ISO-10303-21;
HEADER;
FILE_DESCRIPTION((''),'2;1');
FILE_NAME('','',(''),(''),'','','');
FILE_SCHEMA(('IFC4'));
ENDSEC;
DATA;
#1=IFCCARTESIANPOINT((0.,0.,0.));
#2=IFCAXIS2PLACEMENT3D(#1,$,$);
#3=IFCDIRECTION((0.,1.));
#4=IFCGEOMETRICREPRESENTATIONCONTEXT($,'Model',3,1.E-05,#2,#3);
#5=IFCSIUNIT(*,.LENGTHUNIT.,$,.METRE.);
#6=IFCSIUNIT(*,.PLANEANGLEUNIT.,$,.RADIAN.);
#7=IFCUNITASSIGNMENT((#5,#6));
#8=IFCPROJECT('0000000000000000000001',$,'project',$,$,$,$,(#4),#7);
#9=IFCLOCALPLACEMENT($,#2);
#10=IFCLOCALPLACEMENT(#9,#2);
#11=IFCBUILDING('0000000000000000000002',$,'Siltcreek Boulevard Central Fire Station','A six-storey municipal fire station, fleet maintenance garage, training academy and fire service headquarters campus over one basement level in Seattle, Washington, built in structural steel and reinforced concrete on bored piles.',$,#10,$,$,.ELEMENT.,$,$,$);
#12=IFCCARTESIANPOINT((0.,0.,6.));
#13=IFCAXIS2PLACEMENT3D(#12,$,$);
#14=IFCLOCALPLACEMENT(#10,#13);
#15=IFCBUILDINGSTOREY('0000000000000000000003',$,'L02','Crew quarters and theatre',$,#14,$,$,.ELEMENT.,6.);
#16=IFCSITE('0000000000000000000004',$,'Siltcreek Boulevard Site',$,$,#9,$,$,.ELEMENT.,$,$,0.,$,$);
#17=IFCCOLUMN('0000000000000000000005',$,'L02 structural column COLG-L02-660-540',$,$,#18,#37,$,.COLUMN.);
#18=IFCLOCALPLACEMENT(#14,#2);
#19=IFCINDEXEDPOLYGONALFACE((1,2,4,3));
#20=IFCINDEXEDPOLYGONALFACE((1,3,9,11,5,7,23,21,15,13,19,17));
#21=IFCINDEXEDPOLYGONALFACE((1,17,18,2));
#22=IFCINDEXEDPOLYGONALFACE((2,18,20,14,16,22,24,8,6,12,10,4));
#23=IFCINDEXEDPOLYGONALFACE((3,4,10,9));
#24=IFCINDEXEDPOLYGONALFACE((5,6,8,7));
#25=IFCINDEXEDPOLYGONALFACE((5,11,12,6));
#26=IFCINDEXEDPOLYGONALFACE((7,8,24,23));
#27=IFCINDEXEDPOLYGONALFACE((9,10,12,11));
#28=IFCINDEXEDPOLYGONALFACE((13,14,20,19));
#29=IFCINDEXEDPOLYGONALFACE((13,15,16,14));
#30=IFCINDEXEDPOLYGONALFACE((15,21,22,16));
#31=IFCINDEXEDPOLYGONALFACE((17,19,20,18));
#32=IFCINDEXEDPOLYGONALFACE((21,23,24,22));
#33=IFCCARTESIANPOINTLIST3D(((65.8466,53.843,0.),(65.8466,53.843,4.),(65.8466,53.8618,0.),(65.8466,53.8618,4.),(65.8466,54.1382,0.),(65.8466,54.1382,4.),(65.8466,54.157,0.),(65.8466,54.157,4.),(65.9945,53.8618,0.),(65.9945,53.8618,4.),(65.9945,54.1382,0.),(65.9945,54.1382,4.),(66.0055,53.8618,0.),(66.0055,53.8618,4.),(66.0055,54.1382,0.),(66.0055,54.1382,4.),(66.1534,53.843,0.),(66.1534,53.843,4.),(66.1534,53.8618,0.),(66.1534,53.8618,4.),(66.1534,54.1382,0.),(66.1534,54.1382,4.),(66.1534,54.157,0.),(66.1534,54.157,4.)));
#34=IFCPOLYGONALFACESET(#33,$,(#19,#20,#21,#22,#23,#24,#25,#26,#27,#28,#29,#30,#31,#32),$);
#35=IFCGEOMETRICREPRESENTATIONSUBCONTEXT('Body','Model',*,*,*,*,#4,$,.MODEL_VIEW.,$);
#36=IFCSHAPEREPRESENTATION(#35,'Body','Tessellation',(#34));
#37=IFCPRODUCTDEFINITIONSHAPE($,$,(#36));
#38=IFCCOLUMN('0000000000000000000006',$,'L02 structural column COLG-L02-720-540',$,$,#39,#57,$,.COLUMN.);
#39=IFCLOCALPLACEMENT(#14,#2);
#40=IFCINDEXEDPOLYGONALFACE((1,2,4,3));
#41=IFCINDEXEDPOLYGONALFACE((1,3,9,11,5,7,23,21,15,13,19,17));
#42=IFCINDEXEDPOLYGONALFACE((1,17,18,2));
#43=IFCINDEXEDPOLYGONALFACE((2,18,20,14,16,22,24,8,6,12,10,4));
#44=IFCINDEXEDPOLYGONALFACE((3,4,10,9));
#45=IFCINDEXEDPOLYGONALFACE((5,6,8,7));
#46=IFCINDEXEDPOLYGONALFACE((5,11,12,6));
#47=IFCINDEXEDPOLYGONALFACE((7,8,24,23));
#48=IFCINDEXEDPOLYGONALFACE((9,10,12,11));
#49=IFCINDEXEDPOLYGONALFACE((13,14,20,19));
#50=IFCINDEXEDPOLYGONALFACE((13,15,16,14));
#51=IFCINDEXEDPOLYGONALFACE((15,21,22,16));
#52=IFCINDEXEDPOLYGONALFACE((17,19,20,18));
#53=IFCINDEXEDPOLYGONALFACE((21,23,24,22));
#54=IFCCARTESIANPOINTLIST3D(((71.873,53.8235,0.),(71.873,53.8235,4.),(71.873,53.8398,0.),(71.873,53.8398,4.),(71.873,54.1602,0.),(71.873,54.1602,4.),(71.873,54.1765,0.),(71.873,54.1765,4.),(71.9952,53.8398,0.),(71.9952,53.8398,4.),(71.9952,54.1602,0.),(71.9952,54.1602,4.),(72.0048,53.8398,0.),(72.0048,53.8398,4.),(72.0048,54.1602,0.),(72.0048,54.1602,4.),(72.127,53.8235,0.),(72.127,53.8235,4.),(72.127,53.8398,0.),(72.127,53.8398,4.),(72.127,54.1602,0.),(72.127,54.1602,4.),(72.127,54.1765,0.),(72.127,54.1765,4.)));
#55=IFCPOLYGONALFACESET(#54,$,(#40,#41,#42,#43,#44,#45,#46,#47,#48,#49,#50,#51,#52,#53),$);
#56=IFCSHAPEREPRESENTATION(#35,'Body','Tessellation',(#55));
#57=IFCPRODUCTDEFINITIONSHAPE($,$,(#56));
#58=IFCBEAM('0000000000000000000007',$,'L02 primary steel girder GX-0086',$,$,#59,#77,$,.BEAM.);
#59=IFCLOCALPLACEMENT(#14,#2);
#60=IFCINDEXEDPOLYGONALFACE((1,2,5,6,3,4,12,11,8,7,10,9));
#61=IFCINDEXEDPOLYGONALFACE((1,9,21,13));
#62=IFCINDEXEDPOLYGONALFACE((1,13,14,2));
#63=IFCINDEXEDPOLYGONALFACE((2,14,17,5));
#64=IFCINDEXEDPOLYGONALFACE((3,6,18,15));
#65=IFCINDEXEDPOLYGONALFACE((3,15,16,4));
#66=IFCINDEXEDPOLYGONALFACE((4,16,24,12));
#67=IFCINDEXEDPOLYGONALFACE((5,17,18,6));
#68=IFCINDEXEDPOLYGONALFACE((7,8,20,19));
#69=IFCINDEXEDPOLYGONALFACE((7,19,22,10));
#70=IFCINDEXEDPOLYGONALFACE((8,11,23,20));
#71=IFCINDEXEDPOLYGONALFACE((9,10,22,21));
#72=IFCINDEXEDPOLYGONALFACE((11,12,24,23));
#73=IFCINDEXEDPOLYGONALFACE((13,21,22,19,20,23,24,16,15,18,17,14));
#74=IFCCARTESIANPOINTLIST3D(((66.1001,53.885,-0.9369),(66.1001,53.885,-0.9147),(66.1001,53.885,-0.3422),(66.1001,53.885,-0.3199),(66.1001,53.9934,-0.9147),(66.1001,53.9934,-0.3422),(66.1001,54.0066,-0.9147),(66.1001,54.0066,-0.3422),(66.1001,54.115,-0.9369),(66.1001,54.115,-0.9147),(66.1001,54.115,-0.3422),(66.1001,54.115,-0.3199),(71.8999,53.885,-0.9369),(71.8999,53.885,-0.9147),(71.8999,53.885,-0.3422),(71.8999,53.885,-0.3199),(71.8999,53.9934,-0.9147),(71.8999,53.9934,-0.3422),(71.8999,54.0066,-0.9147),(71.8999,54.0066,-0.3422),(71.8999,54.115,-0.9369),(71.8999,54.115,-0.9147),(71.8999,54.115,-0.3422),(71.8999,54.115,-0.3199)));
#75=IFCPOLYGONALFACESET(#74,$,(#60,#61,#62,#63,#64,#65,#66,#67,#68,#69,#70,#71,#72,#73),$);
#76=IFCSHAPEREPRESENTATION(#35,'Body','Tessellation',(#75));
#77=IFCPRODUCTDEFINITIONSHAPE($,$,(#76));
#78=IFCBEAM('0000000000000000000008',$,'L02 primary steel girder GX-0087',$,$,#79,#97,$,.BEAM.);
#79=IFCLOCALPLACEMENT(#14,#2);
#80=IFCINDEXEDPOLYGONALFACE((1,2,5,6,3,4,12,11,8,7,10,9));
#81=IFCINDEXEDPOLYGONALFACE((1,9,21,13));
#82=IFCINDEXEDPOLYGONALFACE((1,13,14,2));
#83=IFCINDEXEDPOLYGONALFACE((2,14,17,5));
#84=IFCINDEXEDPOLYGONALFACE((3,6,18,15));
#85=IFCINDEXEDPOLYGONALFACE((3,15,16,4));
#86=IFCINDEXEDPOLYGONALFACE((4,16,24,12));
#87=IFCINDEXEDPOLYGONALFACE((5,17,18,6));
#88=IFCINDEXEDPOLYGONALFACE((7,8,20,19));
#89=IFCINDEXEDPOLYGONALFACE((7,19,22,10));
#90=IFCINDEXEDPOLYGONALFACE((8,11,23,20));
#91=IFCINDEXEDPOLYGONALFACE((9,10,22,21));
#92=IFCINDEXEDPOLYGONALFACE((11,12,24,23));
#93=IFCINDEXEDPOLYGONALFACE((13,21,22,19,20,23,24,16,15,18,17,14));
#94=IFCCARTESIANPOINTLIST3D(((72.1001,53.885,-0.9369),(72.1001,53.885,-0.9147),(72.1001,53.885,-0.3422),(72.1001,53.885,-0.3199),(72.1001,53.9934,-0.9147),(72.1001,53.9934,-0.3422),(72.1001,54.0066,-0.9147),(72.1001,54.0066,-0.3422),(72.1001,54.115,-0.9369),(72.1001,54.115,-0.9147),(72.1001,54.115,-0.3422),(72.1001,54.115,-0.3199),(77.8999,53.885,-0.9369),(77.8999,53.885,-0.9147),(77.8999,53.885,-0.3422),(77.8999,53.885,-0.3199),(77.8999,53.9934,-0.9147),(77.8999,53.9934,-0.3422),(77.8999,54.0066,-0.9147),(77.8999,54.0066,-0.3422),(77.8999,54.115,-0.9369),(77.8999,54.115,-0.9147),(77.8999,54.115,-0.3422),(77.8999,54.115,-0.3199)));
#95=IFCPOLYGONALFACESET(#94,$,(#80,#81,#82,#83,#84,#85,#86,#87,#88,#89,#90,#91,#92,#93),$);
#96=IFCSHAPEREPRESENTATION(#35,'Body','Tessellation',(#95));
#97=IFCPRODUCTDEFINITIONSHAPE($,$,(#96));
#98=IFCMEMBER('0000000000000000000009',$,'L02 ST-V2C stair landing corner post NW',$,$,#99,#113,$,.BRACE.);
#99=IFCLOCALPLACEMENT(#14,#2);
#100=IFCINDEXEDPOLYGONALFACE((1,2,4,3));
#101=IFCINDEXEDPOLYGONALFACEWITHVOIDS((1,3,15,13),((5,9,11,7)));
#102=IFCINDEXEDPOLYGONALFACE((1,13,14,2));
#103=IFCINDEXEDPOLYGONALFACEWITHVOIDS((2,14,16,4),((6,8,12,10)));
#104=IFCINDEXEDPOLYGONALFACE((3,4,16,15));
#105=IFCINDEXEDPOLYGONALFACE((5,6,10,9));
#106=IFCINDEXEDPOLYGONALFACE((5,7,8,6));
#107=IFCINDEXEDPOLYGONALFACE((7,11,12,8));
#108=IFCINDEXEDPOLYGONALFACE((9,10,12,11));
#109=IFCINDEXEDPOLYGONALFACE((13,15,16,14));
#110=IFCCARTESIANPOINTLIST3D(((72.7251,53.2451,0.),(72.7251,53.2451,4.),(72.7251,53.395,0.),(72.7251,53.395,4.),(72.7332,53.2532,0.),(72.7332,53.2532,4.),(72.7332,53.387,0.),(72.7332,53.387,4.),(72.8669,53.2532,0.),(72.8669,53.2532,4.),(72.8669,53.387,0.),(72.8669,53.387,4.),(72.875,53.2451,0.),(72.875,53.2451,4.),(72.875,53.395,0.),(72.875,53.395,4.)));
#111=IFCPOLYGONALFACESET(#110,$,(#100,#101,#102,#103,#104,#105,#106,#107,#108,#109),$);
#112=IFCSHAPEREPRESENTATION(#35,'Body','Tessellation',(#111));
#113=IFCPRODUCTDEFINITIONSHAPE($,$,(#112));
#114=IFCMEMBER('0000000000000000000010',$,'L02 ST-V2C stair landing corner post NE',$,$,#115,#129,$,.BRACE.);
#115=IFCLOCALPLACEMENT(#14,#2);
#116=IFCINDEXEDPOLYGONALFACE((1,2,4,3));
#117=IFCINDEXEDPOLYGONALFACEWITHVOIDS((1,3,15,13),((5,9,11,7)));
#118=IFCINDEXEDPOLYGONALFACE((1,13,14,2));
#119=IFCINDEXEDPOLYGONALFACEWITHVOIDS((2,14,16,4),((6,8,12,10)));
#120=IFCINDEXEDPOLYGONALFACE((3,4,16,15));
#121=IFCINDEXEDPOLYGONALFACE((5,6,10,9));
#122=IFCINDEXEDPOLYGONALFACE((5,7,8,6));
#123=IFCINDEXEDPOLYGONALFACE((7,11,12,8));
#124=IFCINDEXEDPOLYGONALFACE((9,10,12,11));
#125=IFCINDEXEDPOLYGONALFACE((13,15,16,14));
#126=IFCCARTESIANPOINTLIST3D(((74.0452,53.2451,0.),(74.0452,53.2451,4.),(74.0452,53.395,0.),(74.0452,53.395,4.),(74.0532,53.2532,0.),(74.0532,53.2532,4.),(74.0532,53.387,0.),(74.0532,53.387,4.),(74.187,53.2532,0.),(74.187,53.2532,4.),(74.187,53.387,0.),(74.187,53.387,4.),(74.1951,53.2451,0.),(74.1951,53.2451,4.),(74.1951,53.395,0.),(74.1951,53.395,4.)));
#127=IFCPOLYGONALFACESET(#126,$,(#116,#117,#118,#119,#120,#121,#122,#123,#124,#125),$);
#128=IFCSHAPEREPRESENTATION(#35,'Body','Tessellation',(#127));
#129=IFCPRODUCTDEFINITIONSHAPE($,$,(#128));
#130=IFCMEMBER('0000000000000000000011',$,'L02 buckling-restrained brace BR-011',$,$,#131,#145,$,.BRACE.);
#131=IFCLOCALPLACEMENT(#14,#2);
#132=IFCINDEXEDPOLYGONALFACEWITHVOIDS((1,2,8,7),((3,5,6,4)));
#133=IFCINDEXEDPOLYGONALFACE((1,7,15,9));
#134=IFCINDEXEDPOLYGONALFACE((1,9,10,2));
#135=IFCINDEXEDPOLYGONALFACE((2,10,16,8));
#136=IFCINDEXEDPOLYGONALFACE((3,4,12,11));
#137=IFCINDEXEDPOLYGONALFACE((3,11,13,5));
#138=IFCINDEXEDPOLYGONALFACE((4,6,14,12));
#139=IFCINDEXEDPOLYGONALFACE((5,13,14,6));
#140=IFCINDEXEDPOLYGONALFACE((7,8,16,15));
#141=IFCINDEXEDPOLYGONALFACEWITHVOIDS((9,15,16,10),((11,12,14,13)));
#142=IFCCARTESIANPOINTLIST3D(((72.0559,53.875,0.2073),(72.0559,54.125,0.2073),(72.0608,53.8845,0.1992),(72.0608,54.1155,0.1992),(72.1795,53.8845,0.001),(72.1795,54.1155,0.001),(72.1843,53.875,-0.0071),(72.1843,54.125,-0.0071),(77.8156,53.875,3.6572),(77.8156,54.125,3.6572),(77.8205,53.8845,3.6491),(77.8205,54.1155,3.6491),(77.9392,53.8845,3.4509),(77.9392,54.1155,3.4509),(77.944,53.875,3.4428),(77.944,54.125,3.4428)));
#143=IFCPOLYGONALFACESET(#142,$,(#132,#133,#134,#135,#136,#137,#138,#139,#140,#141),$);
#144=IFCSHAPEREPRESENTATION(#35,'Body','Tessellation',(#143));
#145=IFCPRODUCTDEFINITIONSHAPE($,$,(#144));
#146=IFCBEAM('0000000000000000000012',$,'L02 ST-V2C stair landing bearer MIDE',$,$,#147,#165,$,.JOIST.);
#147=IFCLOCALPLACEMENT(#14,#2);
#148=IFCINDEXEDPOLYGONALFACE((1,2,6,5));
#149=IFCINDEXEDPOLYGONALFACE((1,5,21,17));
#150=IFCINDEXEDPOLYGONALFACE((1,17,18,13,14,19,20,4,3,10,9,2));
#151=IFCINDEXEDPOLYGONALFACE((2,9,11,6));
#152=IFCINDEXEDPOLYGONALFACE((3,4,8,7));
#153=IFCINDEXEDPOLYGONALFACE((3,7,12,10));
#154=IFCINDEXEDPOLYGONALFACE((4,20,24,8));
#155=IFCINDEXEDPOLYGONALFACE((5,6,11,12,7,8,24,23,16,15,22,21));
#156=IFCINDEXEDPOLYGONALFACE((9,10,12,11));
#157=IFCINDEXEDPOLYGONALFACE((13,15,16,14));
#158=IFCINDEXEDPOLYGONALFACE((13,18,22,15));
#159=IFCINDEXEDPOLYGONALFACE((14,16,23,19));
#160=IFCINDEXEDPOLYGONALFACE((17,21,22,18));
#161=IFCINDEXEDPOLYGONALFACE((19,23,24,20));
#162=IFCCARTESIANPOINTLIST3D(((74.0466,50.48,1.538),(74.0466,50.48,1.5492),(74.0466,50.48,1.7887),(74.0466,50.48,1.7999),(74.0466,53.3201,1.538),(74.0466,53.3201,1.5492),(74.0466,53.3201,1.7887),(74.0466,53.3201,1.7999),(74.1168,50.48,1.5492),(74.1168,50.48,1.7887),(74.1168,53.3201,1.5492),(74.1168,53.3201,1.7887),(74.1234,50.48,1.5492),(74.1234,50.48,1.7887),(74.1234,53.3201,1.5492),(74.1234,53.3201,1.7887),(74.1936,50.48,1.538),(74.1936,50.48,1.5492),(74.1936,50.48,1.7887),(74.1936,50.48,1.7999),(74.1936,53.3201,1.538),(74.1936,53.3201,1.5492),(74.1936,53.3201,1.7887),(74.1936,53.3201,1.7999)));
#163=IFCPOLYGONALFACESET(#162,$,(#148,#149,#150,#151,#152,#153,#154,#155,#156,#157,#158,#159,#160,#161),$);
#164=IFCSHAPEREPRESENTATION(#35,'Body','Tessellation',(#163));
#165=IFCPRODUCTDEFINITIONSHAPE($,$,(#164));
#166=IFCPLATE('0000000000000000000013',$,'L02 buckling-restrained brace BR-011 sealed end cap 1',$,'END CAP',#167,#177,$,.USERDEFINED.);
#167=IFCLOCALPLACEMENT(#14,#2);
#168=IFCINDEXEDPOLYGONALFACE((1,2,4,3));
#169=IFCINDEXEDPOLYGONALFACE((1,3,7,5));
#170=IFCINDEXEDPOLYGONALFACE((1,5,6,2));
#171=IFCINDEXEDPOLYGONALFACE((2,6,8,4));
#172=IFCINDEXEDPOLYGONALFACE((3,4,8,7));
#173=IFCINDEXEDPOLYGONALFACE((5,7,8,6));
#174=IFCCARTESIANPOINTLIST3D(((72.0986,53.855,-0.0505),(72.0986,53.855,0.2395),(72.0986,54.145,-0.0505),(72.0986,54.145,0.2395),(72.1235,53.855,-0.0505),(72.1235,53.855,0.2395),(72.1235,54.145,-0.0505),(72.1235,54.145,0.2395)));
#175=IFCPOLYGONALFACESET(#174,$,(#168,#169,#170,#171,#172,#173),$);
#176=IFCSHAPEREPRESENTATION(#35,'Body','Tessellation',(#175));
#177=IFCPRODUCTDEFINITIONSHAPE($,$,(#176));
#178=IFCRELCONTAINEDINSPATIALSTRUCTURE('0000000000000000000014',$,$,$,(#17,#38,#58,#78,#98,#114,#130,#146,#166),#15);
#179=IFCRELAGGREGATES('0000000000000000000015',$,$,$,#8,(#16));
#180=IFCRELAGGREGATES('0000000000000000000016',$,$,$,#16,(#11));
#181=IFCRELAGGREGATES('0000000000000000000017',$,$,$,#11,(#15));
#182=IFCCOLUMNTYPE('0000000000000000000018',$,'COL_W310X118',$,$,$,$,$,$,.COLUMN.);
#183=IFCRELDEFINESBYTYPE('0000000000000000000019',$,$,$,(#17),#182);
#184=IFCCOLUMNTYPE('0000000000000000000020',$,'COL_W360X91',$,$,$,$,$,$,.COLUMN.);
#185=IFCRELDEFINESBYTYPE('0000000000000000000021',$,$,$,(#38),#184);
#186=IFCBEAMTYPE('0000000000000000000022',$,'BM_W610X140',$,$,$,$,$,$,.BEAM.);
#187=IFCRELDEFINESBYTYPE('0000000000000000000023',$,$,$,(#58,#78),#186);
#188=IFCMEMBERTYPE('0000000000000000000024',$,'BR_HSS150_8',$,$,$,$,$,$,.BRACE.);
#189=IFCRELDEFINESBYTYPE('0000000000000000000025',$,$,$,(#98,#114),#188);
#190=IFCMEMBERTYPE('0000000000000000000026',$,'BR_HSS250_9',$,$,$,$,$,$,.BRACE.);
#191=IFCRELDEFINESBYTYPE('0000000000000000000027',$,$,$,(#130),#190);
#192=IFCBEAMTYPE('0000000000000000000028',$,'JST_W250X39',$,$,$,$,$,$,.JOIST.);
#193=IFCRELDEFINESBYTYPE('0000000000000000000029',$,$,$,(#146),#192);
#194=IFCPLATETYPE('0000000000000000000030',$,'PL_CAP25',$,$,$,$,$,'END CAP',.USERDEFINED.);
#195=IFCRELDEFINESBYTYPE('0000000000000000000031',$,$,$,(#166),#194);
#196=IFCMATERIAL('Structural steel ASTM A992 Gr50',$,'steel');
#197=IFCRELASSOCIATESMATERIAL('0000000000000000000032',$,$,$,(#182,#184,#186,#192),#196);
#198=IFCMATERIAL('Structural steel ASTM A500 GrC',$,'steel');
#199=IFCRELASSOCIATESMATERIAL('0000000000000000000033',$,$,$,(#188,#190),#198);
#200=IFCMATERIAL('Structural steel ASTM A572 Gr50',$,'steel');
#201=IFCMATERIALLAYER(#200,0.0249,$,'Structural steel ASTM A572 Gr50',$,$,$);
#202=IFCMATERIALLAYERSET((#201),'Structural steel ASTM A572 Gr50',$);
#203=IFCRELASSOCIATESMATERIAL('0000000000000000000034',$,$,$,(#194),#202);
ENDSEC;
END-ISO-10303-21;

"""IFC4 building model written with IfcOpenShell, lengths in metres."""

from ifc_helpers import new_model, si_unit, direction, frame, origin, origin_2d, place, context, subcontext, project, spatial, rectangle, hollow_rectangle, i_section, extrude, material, layer, layer_set, material_profile, profile_set, type_object, element, save


model = new_model("IFC4")

# Units and contexts
model_context = context("Model", 3, precision=1e-05, world=origin(), true_north=direction((0.0, 1.0)))
body_context = subcontext(model_context, "Body", "Model", "MODEL_VIEW")
ifc_project = project(units=[si_unit("LENGTHUNIT", "METRE"), si_unit("PLANEANGLEUNIT", "RADIAN")], contexts=[model_context])

# Site, building, storey
site_placement = place(None, origin())
site = spatial("IfcSite", under=ifc_project, at=site_placement, Name="Siltcreek Boulevard Site", CompositionType="ELEMENT", RefElevation=0.0)
building_placement = place(site_placement, origin())
building = spatial("IfcBuilding", under=site, at=building_placement, Name="Siltcreek Boulevard Central Fire Station", Description="A six-storey municipal fire station, fleet maintenance garage, training academy and fire service headquarters campus over one basement level in Seattle, Washington, built in structural steel and reinforced concrete on bored piles.", CompositionType="ELEMENT")
storey_placement = place(building_placement, frame((0.0, 0.0, 6.0)))
storey = spatial("IfcBuildingStorey", under=building, at=storey_placement, Name="L02", Description="Crew quarters and theatre", CompositionType="ELEMENT", Elevation=6.0)

# Columns
ifc_material_1 = material(Name="Structural steel ASTM A992 Gr50", Category="steel")
ifc_material_profile_1 = material_profile(ifc_material_1, i_section(OverallWidth=0.3069, OverallDepth=0.314, WebThickness=0.011, FlangeThickness=0.0188, at=origin_2d()), Name="W310X118")
ifc_profile_set_1 = profile_set([ifc_material_profile_1], Name="Structural steel ASTM A992 Gr50")
column_type_1 = type_object("IfcColumnType", Name="COL_W310X118", PredefinedType="COLUMN", material=ifc_profile_set_1)
column_1_placement = place(storey_placement, frame((66.0, 54.0, 0.0), z_axis=(0.0, 0.0, 1.0), x_axis=(1.0, 0.0, 0.0)))
element("IfcColumn", 1, at=column_1_placement, inside=storey, type_object=column_type_1, Name="L02 structural column COLG-L02-660-540", PredefinedType="COLUMN", context=body_context, shape_type="SweptSolid", body=[
    extrude(i_section(OverallWidth=0.3069, OverallDepth=0.314, WebThickness=0.011, FlangeThickness=0.0188, at=origin_2d()), origin(), (0.0, 0.0, 1.0), 4.0),
])
ifc_material_profile_2 = material_profile(ifc_material_1, i_section(OverallWidth=0.2539, OverallDepth=0.353, WebThickness=0.0095, FlangeThickness=0.0164, at=origin_2d()), Name="W360X91")
ifc_profile_set_2 = profile_set([ifc_material_profile_2], Name="Structural steel ASTM A992 Gr50")
column_type_2 = type_object("IfcColumnType", Name="COL_W360X91", PredefinedType="COLUMN", material=ifc_profile_set_2)
column_2_placement = place(storey_placement, frame((72.0, 54.0, 0.0), z_axis=(0.0, 0.0, 1.0), x_axis=(1.0, 0.0, 0.0)))
element("IfcColumn", 2, at=column_2_placement, inside=storey, type_object=column_type_2, Name="L02 structural column COLG-L02-720-540", PredefinedType="COLUMN", context=body_context, shape_type="SweptSolid", body=[
    extrude(i_section(OverallWidth=0.2539, OverallDepth=0.353, WebThickness=0.0095, FlangeThickness=0.0164, at=origin_2d()), origin(), (0.0, 0.0, 1.0), 4.0),
])

# Beams
ifc_material_profile_3 = material_profile(ifc_material_1, i_section(OverallWidth=0.23, OverallDepth=0.6169, WebThickness=0.0132, FlangeThickness=0.0222, at=origin_2d()), Name="W610X140")
ifc_profile_set_3 = profile_set([ifc_material_profile_3], Name="Structural steel ASTM A992 Gr50")
beam_type_1 = type_object("IfcBeamType", Name="BM_W610X140", PredefinedType="BEAM", material=ifc_profile_set_3)
for number, where, z_axis, x_axis, name in (
    (3, (66.1001, 54.0, -0.6284), (1.0, 0.0, 0.0), (0.0, 1.0, 0.0), "L02 primary steel girder GX-0086"),
    (4, (72.1001, 54.0, -0.6284), (1.0, 0.0, 0.0), (0.0, 1.0, 0.0), "L02 primary steel girder GX-0087"),
):
    element("IfcBeam", number, at=place(storey_placement, frame(where, z_axis=z_axis, x_axis=x_axis)), inside=storey, type_object=beam_type_1, Name=name, PredefinedType="BEAM", context=body_context, shape_type="SweptSolid", body=[
        extrude(i_section(OverallWidth=0.23, OverallDepth=0.6169, WebThickness=0.0132, FlangeThickness=0.0222, at=origin_2d()), origin(), (0.0, 0.0, 1.0), 5.7998),
    ])

# Members
ifc_material_2 = material(Name="Structural steel ASTM A500 GrC", Category="steel")
ifc_material_profile_4 = material_profile(ifc_material_2, hollow_rectangle(XDim=0.1499, YDim=0.1499, WallThickness=0.0081, at=origin_2d()), Name="HSS150X150X8.0")
ifc_profile_set_4 = profile_set([ifc_material_profile_4], Name="Structural steel ASTM A500 GrC")
member_type_1 = type_object("IfcMemberType", Name="BR_HSS150_8", PredefinedType="BRACE", material=ifc_profile_set_4)
for number, where, z_axis, x_axis, name in (
    (5, (72.8, 53.3201, 0.0), (0.0, 0.0, 1.0), (1.0, 0.0, 0.0), "L02 ST-V2C stair landing corner post NW"),
    (6, (74.1201, 53.3201, 0.0), (0.0, 0.0, 1.0), (1.0, 0.0, 0.0), "L02 ST-V2C stair landing corner post NE"),
):
    element("IfcMember", number, at=place(storey_placement, frame(where, z_axis=z_axis, x_axis=x_axis)), inside=storey, type_object=member_type_1, Name=name, PredefinedType="BRACE", context=body_context, shape_type="SweptSolid", body=[
        extrude(hollow_rectangle(XDim=0.1499, YDim=0.1499, WallThickness=0.0081, at=origin_2d()), origin(), (0.0, 0.0, 1.0), 4.0),
    ])
ifc_material_profile_5 = material_profile(ifc_material_2, hollow_rectangle(XDim=0.25, YDim=0.25, WallThickness=0.0095, at=origin_2d()), Name="HSS250X250X9.5")
ifc_profile_set_5 = profile_set([ifc_material_profile_5], Name="Structural steel ASTM A500 GrC")
member_type_2 = type_object("IfcMemberType", Name="BR_HSS250_9", PredefinedType="BRACE", material=ifc_profile_set_5)
member_placement = place(storey_placement, frame((72.1201, 54.0, 0.1001), z_axis=(0.857881, 0.0, 0.513849), x_axis=(0.0, 1.0, 0.0)))
element("IfcMember", 7, at=member_placement, inside=storey, type_object=member_type_2, Name="L02 buckling-restrained brace BR-011", PredefinedType="BRACE", context=body_context, shape_type="SweptSolid", body=[
    extrude(hollow_rectangle(XDim=0.25, YDim=0.25, WallThickness=0.0095, at=origin_2d()), origin(), (0.0, 0.0, 1.0), 6.7139),
])

# Beam
ifc_material_profile_6 = material_profile(ifc_material_1, i_section(OverallWidth=0.147, OverallDepth=0.262, WebThickness=0.0066, FlangeThickness=0.0112, at=origin_2d()), Name="W250X39")
ifc_profile_set_6 = profile_set([ifc_material_profile_6], Name="Structural steel ASTM A992 Gr50")
beam_type_2 = type_object("IfcBeamType", Name="JST_W250X39", PredefinedType="JOIST", material=ifc_profile_set_6)
beam_placement = place(storey_placement, frame((74.1201, 50.48, 1.6689), z_axis=(0.0, 1.0, 0.0), x_axis=(-1.0, 0.0, 0.0)))
element("IfcBeam", 8, at=beam_placement, inside=storey, type_object=beam_type_2, Name="L02 ST-V2C stair landing bearer MIDE", PredefinedType="JOIST", context=body_context, shape_type="SweptSolid", body=[
    extrude(i_section(OverallWidth=0.147, OverallDepth=0.262, WebThickness=0.0066, FlangeThickness=0.0112, at=origin_2d()), origin(), (0.0, 0.0, 1.0), 2.8401),
])

# Plate
ifc_material_3 = material(Name="Structural steel ASTM A572 Gr50", Category="steel")
ifc_layer_1 = layer(ifc_material_3, 0.0249, Name="Structural steel ASTM A572 Gr50")
ifc_layer_set_1 = layer_set([ifc_layer_1], Name="Structural steel ASTM A572 Gr50")
plate_type_1 = type_object("IfcPlateType", Name="PL_CAP25", ElementType="END CAP", PredefinedType="USERDEFINED", material=ifc_layer_set_1)
plate_1_placement = place(storey_placement, frame((72.1111, 54.0, -0.0505), z_axis=(0.0, 0.0, 1.0), x_axis=(1.0, 0.0, 0.0)))
element("IfcPlate", 9, at=plate_1_placement, inside=storey, type_object=plate_type_1, Name="L02 buckling-restrained brace BR-011 sealed end cap 1", ObjectType="END CAP", PredefinedType="USERDEFINED", context=body_context, shape_type="SweptSolid", body=[
    extrude(rectangle(XDim=0.0249, YDim=0.29, at=origin_2d()), origin(), (0.0, 0.0, 1.0), 0.29),
])

save(model, "model.ifc")
